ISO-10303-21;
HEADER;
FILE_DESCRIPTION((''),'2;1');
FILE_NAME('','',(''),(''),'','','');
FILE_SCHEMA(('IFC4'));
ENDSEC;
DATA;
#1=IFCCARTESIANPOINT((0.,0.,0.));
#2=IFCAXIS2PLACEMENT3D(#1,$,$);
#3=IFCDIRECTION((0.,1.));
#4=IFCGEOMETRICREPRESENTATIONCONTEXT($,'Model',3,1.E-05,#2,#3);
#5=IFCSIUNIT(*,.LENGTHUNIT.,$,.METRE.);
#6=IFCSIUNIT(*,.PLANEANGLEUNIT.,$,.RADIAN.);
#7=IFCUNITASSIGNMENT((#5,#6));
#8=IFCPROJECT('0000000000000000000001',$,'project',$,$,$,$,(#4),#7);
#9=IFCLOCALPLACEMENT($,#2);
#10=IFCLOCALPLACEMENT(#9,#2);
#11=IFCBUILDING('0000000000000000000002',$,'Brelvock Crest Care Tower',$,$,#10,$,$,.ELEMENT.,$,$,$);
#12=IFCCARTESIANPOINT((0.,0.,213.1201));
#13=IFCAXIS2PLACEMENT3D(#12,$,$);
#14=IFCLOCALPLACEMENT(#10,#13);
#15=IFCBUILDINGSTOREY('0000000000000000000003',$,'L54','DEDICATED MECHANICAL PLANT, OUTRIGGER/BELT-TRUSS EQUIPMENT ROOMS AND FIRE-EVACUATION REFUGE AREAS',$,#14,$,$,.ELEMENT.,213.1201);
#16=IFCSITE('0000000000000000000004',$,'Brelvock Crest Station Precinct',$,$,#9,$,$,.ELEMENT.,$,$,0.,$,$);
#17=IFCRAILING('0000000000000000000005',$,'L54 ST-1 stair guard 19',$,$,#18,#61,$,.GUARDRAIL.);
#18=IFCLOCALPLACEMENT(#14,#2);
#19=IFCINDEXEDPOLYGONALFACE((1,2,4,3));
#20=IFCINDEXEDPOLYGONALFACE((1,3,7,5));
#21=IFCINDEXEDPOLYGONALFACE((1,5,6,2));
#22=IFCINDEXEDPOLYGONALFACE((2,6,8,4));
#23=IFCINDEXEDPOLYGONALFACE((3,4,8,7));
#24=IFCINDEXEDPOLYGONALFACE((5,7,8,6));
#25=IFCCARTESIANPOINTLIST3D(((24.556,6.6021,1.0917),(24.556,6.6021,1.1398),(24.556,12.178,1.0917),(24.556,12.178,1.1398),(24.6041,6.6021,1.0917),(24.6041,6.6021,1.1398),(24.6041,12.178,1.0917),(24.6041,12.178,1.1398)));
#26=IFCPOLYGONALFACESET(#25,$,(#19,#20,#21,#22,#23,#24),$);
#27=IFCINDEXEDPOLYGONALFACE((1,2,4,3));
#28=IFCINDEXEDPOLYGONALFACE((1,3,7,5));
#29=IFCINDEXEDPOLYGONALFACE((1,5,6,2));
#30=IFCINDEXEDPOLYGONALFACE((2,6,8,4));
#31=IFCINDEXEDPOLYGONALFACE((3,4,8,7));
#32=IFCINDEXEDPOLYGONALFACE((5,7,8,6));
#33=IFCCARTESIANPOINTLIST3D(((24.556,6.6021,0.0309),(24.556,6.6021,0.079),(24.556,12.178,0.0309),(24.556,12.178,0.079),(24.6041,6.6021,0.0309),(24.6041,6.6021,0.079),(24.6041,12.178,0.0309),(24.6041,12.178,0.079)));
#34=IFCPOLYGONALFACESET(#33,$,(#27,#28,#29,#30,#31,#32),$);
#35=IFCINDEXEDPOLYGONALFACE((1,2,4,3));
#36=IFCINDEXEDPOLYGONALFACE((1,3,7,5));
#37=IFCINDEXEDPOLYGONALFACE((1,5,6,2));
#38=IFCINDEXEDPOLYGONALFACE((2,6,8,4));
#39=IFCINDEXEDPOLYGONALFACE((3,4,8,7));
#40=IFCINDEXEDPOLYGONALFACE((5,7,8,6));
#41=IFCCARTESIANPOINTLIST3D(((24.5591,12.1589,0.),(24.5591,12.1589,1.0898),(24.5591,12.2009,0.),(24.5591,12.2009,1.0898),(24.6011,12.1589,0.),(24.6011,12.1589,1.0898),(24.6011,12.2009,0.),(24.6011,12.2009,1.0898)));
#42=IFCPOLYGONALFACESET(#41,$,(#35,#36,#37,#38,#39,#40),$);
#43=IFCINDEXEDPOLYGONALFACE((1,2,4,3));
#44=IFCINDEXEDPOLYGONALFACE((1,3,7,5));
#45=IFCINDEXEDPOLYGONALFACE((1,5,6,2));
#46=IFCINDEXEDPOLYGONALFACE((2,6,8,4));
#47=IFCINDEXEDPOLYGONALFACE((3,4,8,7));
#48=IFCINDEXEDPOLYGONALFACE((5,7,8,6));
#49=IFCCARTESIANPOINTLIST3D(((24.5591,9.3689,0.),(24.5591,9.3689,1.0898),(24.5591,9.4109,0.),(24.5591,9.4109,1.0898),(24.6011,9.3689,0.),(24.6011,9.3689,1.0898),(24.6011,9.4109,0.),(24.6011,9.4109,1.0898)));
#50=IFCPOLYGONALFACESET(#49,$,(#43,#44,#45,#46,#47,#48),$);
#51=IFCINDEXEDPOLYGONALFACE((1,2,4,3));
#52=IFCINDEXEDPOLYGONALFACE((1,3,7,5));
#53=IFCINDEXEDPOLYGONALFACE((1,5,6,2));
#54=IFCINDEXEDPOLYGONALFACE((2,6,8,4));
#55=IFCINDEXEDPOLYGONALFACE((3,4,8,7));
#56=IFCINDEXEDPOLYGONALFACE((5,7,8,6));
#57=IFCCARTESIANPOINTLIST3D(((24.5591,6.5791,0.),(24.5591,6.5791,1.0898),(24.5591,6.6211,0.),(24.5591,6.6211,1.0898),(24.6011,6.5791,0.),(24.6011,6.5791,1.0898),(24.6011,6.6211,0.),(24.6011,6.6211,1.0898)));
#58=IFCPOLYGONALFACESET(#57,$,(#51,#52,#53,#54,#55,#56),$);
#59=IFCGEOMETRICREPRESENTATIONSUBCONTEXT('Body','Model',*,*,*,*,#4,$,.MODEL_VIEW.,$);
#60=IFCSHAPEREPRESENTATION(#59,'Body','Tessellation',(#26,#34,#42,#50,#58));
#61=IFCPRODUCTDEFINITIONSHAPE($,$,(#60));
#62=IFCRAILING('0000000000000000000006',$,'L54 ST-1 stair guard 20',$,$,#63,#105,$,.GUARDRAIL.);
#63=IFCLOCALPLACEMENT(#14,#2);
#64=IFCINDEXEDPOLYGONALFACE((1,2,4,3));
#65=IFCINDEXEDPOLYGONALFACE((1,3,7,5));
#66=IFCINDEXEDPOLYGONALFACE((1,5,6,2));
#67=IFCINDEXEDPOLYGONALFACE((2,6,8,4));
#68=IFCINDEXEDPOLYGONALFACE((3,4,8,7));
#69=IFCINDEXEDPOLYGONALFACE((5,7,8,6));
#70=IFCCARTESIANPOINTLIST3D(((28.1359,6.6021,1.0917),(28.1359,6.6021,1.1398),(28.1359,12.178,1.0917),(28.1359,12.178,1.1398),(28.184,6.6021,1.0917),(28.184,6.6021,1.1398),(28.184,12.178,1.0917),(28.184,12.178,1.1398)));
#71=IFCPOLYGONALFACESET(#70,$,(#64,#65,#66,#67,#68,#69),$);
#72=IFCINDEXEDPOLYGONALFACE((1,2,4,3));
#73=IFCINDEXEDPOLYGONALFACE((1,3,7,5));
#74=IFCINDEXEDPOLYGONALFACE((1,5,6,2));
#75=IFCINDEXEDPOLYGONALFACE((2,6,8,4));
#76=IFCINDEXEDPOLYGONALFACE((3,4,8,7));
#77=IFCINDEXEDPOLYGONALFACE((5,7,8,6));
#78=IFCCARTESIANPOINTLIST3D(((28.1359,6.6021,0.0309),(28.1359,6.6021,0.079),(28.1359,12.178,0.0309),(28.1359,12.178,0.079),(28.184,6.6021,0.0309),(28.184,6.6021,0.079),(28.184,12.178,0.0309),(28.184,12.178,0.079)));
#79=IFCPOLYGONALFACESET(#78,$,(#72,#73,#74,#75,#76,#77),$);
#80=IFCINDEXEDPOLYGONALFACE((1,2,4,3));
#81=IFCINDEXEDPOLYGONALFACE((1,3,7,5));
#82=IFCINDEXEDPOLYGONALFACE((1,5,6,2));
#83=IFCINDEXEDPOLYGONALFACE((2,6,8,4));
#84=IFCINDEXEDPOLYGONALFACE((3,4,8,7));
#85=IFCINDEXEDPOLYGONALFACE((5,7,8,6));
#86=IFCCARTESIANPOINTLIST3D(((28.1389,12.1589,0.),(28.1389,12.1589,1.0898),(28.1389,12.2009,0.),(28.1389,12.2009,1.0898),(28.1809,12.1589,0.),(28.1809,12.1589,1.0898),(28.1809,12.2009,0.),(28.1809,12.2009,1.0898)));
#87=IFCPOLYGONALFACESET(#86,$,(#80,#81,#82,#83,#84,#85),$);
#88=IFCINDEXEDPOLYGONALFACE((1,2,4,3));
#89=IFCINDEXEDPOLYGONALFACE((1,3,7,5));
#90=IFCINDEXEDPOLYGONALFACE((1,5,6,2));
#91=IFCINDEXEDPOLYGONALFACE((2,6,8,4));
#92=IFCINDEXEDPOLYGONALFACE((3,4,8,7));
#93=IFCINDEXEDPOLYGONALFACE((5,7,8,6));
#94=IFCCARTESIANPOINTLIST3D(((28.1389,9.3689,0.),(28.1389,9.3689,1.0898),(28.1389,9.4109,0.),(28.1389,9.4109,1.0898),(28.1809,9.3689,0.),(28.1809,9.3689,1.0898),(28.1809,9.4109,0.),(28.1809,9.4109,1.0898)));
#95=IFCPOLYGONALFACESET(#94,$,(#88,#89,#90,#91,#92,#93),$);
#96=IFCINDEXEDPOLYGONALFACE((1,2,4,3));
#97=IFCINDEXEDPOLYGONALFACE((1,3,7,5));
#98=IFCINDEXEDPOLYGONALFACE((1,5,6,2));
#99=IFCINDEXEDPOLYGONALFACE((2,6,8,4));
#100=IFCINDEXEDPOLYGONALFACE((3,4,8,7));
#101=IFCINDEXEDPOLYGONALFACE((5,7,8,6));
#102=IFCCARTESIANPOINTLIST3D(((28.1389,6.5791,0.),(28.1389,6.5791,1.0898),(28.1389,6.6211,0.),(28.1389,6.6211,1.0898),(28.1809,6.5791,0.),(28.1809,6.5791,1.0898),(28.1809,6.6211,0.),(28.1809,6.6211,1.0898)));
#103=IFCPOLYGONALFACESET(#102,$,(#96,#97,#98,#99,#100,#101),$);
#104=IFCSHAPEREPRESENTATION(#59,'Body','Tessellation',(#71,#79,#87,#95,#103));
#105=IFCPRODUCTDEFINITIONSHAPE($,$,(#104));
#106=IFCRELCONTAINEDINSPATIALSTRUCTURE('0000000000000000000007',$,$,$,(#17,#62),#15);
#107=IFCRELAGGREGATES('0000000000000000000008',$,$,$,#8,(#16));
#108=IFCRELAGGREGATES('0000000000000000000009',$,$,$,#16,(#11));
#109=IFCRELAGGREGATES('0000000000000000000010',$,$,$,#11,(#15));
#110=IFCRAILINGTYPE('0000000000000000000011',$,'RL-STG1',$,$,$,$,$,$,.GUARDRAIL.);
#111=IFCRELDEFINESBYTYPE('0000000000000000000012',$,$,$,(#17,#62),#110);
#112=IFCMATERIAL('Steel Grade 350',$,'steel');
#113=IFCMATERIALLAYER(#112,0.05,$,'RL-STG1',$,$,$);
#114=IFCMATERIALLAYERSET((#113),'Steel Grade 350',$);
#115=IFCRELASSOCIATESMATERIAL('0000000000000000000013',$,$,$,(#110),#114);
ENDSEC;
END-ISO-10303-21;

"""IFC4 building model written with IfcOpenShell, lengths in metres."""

from ifc_helpers import new_model, si_unit, direction, frame, origin, origin_2d, place, context, subcontext, project, spatial, rectangle, extrude, material, layer, layer_set, type_object, element, save


model = new_model("IFC4")

# Units and contexts
model_context = context("Model", 3, precision=1e-05, world=origin(), true_north=direction((0.0, 1.0)))
body_context = subcontext(model_context, "Body", "Model", "MODEL_VIEW")
ifc_project = project(units=[si_unit("LENGTHUNIT", "METRE"), si_unit("PLANEANGLEUNIT", "RADIAN")], contexts=[model_context])

# Site, building, storey
site_placement = place(None, origin())
site = spatial("IfcSite", under=ifc_project, at=site_placement, Name="Brelvock Crest Station Precinct", CompositionType="ELEMENT", RefElevation=0.0)
building_placement = place(site_placement, origin())
building = spatial("IfcBuilding", under=site, at=building_placement, Name="Brelvock Crest Care Tower", CompositionType="ELEMENT")
storey_placement = place(building_placement, frame((0.0, 0.0, 213.1201)))
storey = spatial("IfcBuildingStorey", under=building, at=storey_placement, Name="L54", Description="DEDICATED MECHANICAL PLANT, OUTRIGGER/BELT-TRUSS EQUIPMENT ROOMS AND FIRE-EVACUATION REFUGE AREAS", CompositionType="ELEMENT", Elevation=213.1201)

# Shared definitions
ifc_material_1 = material(Name="Steel Grade 350", Category="steel")

# Railings
ifc_layer_1 = layer(ifc_material_1, 0.05, Name="RL-STG1")
ifc_layer_set_1 = layer_set([ifc_layer_1], Name="Steel Grade 350")
railing_type = type_object("IfcRailingType", Name="RL-STG1", PredefinedType="GUARDRAIL", material=ifc_layer_set_1)
for number, where, name in (
    (1, (24.5801, 12.1799, 0.0), "L54 ST-1 stair guard 19"),
    (2, (28.1599, 12.1799, 0.0), "L54 ST-1 stair guard 20"),
):
    element("IfcRailing", number, at=place(storey_placement, frame(where)), inside=storey, type_object=railing_type, Name=name, PredefinedType="GUARDRAIL", context=body_context, shape_type="SweptSolid", body=[
        extrude(rectangle(XDim=0.0481, YDim=0.0481, at=origin_2d()), frame((0.0, -0.002, 1.1157), z_axis=(0.0, -1.0, 0.0), x_axis=(1.0, 0.0, 0.0)), (0.0, 0.0, 1.0), 5.5759),
        extrude(rectangle(XDim=0.0481, YDim=0.0481, at=origin_2d()), frame((0.0, -0.002, 0.0549), z_axis=(0.0, -1.0, 0.0), x_axis=(1.0, 0.0, 0.0)), (0.0, 0.0, 1.0), 5.5759),
        extrude(rectangle(XDim=0.042, YDim=0.042, at=origin_2d()), origin(), (0.0, 0.0, 1.0), 1.0898),
        extrude(rectangle(XDim=0.042, YDim=0.042, at=origin_2d()), frame((0.0, -2.79, 0.0)), (0.0, 0.0, 1.0), 1.0898),
        extrude(rectangle(XDim=0.042, YDim=0.042, at=origin_2d()), frame((0.0, -5.5798, 0.0)), (0.0, 0.0, 1.0), 1.0898),
    ])

save(model, "model.ifc")
